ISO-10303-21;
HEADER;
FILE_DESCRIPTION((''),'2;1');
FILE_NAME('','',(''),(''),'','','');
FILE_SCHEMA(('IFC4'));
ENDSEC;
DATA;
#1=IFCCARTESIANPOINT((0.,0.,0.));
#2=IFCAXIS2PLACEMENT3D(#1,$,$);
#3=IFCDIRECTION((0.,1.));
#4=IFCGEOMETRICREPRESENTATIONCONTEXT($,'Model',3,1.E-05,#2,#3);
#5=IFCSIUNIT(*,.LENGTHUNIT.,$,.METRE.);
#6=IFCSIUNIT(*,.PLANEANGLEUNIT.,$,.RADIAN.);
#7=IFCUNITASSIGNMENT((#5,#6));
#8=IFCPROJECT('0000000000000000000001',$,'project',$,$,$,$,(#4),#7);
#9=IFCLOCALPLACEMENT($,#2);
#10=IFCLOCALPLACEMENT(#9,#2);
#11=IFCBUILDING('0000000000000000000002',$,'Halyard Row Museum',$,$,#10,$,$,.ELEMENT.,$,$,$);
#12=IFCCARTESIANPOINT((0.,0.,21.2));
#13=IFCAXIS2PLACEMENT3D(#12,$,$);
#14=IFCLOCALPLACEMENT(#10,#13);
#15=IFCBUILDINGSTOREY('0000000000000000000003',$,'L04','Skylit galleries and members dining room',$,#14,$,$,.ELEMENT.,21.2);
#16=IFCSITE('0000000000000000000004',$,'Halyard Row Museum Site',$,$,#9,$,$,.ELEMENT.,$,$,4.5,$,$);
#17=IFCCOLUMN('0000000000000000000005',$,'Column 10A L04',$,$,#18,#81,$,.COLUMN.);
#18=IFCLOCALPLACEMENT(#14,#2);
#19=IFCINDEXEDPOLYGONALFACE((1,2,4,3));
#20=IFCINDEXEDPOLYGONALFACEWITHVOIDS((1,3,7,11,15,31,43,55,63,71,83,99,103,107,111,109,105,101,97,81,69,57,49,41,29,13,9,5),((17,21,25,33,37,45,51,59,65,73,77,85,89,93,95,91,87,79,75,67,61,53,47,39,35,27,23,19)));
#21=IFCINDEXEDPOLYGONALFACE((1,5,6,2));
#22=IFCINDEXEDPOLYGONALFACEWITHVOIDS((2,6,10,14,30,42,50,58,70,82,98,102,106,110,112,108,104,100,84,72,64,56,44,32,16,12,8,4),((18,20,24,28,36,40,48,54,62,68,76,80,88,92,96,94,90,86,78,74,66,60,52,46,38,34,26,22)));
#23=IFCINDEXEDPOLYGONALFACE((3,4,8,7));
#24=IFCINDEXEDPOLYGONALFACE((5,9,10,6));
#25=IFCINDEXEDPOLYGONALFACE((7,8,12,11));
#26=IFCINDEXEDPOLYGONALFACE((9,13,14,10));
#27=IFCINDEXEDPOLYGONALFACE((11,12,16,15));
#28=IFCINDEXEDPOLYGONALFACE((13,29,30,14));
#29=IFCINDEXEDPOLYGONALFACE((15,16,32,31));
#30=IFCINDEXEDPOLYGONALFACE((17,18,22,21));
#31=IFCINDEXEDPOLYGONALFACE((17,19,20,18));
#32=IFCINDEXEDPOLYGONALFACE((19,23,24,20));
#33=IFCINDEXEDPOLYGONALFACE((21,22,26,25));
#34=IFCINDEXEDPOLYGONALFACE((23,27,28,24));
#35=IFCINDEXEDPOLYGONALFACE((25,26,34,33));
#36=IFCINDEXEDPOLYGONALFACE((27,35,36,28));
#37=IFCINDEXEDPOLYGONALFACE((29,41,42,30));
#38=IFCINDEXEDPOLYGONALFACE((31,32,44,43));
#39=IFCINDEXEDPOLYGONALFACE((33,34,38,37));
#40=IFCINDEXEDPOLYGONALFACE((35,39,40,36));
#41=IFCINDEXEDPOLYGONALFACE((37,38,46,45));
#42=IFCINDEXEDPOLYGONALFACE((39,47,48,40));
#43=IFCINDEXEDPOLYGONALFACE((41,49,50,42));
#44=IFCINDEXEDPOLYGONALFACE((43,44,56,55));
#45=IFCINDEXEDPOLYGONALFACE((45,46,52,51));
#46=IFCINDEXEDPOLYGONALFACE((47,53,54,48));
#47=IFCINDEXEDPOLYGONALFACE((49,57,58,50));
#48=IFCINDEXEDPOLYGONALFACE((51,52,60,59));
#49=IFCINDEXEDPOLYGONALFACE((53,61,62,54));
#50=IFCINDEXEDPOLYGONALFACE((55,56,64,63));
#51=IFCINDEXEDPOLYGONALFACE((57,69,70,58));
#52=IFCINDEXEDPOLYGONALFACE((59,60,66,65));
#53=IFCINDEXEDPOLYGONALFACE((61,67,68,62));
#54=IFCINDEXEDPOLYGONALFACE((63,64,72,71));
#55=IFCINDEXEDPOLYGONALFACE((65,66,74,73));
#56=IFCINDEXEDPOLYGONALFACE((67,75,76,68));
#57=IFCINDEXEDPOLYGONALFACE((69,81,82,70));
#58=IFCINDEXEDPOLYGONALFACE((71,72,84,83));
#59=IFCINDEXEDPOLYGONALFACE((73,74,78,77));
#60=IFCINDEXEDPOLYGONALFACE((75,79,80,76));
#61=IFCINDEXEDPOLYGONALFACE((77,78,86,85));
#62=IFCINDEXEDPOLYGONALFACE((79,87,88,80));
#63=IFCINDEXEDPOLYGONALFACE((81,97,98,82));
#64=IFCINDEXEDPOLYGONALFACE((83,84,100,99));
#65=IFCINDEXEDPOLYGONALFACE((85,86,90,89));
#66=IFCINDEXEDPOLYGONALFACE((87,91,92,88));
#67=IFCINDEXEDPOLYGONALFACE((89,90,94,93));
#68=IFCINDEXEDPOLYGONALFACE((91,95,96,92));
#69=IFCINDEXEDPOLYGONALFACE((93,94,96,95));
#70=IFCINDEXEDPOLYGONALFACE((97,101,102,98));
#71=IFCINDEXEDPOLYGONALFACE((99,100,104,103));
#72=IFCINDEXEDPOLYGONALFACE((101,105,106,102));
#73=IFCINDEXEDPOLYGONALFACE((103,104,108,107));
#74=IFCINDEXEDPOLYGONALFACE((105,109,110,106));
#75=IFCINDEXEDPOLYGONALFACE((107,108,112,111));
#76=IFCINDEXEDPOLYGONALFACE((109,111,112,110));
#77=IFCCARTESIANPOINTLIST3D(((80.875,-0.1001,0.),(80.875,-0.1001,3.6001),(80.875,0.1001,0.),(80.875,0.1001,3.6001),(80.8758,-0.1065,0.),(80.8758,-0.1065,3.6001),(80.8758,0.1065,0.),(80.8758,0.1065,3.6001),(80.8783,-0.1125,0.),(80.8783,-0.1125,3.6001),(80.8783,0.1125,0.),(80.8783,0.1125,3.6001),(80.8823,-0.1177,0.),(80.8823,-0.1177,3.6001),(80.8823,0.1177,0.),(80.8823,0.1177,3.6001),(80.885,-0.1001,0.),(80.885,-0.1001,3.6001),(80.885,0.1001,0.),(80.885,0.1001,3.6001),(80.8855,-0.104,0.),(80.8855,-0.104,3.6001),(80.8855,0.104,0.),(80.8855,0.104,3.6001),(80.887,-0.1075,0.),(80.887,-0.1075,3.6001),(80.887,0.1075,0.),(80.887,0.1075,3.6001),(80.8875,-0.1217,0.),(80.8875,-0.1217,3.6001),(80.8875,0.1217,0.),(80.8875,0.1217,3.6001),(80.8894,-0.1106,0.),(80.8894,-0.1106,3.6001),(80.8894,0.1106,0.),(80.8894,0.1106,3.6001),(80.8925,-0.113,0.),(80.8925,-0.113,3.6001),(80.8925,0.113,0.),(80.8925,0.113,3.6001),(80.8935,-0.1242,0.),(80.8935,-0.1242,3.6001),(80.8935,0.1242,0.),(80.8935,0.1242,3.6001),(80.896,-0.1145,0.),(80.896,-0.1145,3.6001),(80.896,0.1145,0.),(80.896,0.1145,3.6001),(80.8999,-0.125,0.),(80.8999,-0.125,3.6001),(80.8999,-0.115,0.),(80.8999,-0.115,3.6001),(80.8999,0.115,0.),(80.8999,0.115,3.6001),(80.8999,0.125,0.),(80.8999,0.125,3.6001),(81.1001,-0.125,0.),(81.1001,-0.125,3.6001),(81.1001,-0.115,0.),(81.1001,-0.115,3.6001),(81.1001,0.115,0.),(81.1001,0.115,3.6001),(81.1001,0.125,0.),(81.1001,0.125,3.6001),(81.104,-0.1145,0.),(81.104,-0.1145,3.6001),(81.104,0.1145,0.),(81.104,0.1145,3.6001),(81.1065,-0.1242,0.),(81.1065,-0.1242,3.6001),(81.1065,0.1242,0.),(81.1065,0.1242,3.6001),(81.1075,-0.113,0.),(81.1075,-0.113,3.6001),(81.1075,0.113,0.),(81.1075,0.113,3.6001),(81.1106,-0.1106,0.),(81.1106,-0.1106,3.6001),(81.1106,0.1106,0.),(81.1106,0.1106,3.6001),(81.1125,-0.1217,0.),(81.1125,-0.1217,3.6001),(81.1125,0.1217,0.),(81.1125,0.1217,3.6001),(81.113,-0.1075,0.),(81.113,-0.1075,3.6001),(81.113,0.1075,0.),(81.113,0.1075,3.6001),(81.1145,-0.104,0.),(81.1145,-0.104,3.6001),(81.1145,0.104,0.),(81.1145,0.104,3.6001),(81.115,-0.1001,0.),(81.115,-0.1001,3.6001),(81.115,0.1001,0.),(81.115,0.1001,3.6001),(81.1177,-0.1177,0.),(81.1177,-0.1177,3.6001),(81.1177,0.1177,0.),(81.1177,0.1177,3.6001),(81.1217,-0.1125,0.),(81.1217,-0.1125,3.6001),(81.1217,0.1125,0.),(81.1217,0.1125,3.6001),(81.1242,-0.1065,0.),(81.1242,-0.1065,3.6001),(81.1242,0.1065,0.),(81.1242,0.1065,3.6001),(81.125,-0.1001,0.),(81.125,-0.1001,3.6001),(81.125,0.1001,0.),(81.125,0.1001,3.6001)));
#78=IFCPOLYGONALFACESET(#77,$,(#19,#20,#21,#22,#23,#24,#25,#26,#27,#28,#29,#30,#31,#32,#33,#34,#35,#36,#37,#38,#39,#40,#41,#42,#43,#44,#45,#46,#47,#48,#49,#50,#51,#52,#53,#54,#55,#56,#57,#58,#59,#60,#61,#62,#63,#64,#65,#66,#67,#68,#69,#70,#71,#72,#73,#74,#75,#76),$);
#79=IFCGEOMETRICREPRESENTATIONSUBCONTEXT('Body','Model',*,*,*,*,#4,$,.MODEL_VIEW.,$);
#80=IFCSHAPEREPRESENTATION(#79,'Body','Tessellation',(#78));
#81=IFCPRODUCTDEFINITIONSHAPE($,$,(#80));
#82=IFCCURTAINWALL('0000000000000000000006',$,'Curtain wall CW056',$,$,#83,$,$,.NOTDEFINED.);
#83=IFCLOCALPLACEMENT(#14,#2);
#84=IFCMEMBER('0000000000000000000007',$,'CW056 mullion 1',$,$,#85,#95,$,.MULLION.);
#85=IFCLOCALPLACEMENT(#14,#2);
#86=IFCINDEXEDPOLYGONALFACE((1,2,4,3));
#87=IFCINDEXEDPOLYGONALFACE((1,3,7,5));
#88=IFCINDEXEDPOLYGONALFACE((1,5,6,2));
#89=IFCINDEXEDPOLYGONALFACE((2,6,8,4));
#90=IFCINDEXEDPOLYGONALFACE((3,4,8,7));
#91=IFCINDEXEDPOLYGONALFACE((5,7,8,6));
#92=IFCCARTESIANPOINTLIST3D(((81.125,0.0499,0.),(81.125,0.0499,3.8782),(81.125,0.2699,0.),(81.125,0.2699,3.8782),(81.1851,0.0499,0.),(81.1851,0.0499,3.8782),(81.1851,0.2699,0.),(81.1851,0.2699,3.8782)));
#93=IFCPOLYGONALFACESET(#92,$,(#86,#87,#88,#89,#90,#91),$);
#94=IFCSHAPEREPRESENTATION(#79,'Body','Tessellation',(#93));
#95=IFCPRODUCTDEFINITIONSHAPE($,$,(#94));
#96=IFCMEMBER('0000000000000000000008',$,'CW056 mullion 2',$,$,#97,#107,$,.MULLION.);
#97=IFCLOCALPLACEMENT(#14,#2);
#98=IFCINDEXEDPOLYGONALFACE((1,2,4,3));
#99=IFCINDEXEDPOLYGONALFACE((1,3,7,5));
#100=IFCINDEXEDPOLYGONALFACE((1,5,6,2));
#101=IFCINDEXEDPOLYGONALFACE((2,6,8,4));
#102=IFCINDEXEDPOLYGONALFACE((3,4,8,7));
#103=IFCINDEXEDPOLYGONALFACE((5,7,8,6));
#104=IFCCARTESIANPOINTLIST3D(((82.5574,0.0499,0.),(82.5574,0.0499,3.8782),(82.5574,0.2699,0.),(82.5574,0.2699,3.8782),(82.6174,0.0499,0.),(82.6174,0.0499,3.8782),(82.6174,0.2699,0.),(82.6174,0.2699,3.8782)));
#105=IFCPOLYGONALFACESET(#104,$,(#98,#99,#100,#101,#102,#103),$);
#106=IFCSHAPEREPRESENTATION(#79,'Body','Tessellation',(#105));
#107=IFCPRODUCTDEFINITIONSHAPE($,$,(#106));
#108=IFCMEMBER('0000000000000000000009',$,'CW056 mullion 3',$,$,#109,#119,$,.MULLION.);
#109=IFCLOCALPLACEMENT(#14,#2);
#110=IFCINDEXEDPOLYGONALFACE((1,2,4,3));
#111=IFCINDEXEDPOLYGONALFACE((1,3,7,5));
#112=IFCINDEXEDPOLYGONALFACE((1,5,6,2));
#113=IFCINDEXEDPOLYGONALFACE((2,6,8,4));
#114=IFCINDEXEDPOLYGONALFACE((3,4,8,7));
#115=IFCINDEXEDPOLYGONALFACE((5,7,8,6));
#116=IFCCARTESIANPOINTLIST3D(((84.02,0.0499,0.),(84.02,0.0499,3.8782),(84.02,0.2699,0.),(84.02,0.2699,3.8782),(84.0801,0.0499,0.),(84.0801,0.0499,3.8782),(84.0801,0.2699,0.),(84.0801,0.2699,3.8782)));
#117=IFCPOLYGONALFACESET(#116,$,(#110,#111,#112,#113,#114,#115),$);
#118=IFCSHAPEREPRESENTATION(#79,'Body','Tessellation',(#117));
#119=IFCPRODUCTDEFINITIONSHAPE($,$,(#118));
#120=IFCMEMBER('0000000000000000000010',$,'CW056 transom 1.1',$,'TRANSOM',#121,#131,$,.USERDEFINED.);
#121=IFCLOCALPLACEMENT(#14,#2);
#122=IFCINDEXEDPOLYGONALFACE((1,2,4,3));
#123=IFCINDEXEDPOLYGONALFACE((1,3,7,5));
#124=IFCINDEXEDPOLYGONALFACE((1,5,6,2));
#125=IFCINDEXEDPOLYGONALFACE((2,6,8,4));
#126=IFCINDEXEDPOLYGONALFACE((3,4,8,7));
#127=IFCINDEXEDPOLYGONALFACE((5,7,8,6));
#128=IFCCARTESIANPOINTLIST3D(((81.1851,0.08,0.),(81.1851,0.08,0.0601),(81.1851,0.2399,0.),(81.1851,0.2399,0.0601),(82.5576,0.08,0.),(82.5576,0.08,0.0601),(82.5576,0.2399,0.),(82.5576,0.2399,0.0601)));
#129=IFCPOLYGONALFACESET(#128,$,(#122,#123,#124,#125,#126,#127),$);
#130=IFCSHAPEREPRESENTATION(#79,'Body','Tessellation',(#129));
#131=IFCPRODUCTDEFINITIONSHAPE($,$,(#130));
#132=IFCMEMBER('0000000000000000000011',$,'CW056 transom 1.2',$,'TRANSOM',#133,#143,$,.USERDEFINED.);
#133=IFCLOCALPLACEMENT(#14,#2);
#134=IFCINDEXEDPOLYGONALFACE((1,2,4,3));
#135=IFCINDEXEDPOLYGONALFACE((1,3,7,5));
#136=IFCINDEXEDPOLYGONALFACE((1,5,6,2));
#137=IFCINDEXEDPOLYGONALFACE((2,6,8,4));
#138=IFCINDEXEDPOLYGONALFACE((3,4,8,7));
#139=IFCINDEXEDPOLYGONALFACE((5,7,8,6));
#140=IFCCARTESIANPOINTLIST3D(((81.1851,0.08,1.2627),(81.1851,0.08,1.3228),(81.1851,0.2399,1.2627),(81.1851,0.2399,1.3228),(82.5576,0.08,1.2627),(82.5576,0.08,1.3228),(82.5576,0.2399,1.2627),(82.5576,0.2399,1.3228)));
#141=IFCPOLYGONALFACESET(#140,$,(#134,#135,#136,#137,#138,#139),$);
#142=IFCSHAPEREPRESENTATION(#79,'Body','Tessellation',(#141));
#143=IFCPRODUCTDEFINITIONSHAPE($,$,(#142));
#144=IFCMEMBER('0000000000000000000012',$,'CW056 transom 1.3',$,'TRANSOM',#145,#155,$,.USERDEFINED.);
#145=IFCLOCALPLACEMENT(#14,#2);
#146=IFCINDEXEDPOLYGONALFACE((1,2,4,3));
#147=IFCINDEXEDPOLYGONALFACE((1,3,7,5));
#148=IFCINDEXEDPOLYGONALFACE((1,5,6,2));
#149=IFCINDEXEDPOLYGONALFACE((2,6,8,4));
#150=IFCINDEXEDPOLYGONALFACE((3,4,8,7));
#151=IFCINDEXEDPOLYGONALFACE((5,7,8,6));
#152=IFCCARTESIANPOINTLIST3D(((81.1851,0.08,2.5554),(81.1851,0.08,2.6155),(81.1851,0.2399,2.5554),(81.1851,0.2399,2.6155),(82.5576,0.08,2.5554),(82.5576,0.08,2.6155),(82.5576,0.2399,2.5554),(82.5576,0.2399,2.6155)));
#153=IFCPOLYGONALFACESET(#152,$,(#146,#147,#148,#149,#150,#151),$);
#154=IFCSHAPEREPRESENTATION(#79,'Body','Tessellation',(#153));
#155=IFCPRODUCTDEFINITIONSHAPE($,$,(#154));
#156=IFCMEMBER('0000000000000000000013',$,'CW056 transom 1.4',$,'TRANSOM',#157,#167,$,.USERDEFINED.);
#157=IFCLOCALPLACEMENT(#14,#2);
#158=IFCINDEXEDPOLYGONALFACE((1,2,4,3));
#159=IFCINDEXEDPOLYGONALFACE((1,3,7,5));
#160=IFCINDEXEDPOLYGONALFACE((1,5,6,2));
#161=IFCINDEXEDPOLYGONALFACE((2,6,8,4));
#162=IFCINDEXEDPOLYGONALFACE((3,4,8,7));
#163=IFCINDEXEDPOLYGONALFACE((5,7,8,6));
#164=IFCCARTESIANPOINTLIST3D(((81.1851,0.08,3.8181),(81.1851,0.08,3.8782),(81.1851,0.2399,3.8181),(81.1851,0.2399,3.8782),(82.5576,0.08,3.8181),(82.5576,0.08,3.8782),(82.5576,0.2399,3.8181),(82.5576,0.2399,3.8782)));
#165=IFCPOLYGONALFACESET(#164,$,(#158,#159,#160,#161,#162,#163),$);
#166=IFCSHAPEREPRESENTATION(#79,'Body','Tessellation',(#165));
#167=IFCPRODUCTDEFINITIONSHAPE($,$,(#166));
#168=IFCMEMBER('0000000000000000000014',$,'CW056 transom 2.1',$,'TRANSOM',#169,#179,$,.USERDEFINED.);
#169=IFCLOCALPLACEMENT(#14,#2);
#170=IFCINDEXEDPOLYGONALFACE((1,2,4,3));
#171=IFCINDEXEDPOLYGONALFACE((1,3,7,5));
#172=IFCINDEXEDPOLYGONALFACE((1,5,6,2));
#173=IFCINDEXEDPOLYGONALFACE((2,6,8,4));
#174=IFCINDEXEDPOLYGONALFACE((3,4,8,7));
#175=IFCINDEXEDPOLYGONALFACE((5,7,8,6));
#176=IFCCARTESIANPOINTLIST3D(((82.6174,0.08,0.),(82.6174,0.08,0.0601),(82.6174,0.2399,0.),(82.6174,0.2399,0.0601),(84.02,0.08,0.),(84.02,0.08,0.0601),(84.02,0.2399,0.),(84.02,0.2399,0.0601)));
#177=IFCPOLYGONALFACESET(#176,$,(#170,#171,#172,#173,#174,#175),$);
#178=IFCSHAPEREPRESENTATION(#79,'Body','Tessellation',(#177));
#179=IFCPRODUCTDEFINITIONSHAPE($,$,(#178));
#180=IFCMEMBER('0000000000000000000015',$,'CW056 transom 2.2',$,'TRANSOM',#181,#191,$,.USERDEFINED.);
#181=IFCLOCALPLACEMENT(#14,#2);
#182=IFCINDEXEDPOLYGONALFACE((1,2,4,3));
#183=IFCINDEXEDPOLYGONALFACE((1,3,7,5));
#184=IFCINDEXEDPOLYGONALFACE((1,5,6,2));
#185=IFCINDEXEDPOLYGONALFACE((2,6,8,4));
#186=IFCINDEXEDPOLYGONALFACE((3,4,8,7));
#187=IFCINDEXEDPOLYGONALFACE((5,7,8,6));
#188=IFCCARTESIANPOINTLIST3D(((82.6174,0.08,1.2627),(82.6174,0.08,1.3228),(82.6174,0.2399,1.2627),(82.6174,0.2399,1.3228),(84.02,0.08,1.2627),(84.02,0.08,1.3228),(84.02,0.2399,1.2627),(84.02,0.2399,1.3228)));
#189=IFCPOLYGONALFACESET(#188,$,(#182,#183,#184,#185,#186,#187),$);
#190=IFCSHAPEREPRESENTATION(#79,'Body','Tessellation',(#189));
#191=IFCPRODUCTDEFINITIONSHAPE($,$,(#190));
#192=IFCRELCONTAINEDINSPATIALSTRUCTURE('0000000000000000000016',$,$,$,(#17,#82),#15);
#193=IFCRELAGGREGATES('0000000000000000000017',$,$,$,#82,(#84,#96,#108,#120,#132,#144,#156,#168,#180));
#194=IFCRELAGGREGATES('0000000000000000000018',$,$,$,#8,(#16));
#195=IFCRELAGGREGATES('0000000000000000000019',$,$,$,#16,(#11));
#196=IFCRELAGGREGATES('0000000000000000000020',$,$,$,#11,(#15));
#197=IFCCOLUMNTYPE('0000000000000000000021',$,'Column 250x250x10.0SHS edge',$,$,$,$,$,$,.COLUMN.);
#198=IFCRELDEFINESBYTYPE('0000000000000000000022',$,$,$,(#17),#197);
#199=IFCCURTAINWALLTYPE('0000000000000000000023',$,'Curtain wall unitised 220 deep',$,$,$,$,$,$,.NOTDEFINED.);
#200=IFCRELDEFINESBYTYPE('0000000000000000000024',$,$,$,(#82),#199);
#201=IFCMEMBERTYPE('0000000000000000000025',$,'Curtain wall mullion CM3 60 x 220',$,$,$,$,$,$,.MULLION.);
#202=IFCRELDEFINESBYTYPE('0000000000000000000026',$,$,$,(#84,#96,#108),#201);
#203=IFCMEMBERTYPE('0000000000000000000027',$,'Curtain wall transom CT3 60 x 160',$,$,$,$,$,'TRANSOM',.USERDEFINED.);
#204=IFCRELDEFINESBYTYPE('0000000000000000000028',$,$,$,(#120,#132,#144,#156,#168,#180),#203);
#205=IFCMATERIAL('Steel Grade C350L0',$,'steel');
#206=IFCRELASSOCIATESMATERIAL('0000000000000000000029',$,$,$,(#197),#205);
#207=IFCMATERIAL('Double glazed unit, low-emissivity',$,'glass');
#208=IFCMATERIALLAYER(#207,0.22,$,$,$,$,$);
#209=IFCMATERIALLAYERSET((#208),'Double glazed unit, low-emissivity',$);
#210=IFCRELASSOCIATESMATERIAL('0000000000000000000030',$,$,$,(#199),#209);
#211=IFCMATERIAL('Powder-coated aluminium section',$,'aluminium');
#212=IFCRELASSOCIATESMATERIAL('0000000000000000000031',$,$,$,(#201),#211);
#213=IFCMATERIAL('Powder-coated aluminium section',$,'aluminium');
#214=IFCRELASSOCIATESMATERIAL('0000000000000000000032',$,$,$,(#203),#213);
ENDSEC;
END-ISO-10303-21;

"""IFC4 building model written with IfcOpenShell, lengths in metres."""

from ifc_helpers import new_model, si_unit, direction, frame, origin, origin_2d, place, context, subcontext, project, spatial, rectangle, hollow_rectangle, extrude, material, layer, layer_set, material_profile, profile_set, type_object, element, aggregate, save


model = new_model("IFC4")

# Units and contexts
model_context = context("Model", 3, precision=1e-05, world=origin(), true_north=direction((0.0, 1.0)))
body_context = subcontext(model_context, "Body", "Model", "MODEL_VIEW")
ifc_project = project(units=[si_unit("LENGTHUNIT", "METRE"), si_unit("PLANEANGLEUNIT", "RADIAN")], contexts=[model_context])

# Site, building, storey
site_placement = place(None, origin())
site = spatial("IfcSite", under=ifc_project, at=site_placement, Name="Halyard Row Museum Site", CompositionType="ELEMENT", RefElevation=4.5)
building_placement = place(site_placement, origin())
building = spatial("IfcBuilding", under=site, at=building_placement, Name="Halyard Row Museum", CompositionType="ELEMENT")
storey_placement = place(building_placement, frame((0.0, 0.0, 21.2)))
storey = spatial("IfcBuildingStorey", under=building, at=storey_placement, Name="L04", Description="Skylit galleries and members dining room", CompositionType="ELEMENT", Elevation=21.2)

# Column
ifc_material_1 = material(Name="Steel Grade C350L0", Category="steel")
ifc_material_profile_1 = material_profile(ifc_material_1, hollow_rectangle(XDim=0.25, YDim=0.25, WallThickness=0.01, InnerFilletRadius=0.0149, OuterFilletRadius=0.0249, at=origin_2d()), Name="250x250x10.0SHS")
ifc_profile_set_1 = profile_set([ifc_material_profile_1], Name="Steel Grade C350L0")
column_type = type_object("IfcColumnType", Name="Column 250x250x10.0SHS edge", PredefinedType="COLUMN", material=ifc_profile_set_1)
column_placement = place(storey_placement, frame((81.0, 0.0, 0.0), z_axis=(0.0, 0.0, 1.0), x_axis=(1.0, 0.0, 0.0)))
element("IfcColumn", 1, at=column_placement, inside=storey, type_object=column_type, Name="Column 10A L04", PredefinedType="COLUMN", context=body_context, shape_type="SweptSolid", body=[
    extrude(hollow_rectangle(XDim=0.25, YDim=0.25, WallThickness=0.01, InnerFilletRadius=0.0149, OuterFilletRadius=0.0249, at=origin_2d()), origin(), (0.0, 0.0, 1.0), 3.6001),
])

# Curtain wall, members
ifc_material_2 = material(Name="Double glazed unit, low-emissivity", Category="glass")
ifc_layer_1 = layer(ifc_material_2, 0.22)
ifc_layer_set_1 = layer_set([ifc_layer_1], Name="Double glazed unit, low-emissivity")
curtain_wall_type = type_object("IfcCurtainWallType", Name="Curtain wall unitised 220 deep", PredefinedType="NOTDEFINED", material=ifc_layer_set_1)
curtain_wall_placement = place(storey_placement, origin())
curtain_wall = element("IfcCurtainWall", 2, at=curtain_wall_placement, inside=storey, type_object=curtain_wall_type, Name="Curtain wall CW056", PredefinedType="NOTDEFINED")
ifc_material_3 = material(Name="Powder-coated aluminium section", Category="aluminium")
ifc_material_profile_2 = material_profile(ifc_material_3, rectangle(XDim=0.22, YDim=0.0601, at=origin_2d()), Name="220x60 mullion")
ifc_profile_set_2 = profile_set([ifc_material_profile_2], Name="Powder-coated aluminium section")
member_type_1 = type_object("IfcMemberType", Name="Curtain wall mullion CM3 60 x 220", PredefinedType="MULLION", material=ifc_profile_set_2)
member_1_placement = place(storey_placement, frame((81.155, 0.1599, 0.0), z_axis=(0.0, 0.0, 1.0), x_axis=(0.0, 1.0, 0.0)))
member_1 = element("IfcMember", 3, at=member_1_placement, type_object=member_type_1, Name="CW056 mullion 1", PredefinedType="MULLION", context=body_context, shape_type="SweptSolid", body=[
    extrude(rectangle(XDim=0.22, YDim=0.0601, at=origin_2d()), origin(), (0.0, 0.0, 1.0), 3.8782),
])
member_2_placement = place(storey_placement, frame((82.5874, 0.1599, 0.0), z_axis=(0.0, 0.0, 1.0), x_axis=(0.0, 1.0, 0.0)))
member_2 = element("IfcMember", 4, at=member_2_placement, type_object=member_type_1, Name="CW056 mullion 2", PredefinedType="MULLION", context=body_context, shape_type="SweptSolid", body=[
    extrude(rectangle(XDim=0.22, YDim=0.0601, at=origin_2d()), origin(), (0.0, 0.0, 1.0), 3.8782),
])
member_3_placement = place(storey_placement, frame((84.05, 0.1599, 0.0), z_axis=(0.0, 0.0, 1.0), x_axis=(0.0, 1.0, 0.0)))
member_3 = element("IfcMember", 5, at=member_3_placement, type_object=member_type_1, Name="CW056 mullion 3", PredefinedType="MULLION", context=body_context, shape_type="SweptSolid", body=[
    extrude(rectangle(XDim=0.22, YDim=0.0601, at=origin_2d()), origin(), (0.0, 0.0, 1.0), 3.8782),
])
ifc_material_4 = material(Name="Powder-coated aluminium section", Category="aluminium")
ifc_material_profile_3 = material_profile(ifc_material_4, rectangle(XDim=0.1599, YDim=0.0601, at=origin_2d()), Name="160x60 transom")
ifc_profile_set_3 = profile_set([ifc_material_profile_3], Name="Powder-coated aluminium section")
member_type_2 = type_object("IfcMemberType", Name="Curtain wall transom CT3 60 x 160", ElementType="TRANSOM", PredefinedType="USERDEFINED", material=ifc_profile_set_3)
member_4_placement = place(storey_placement, frame((81.1851, 0.1599, 0.03), z_axis=(1.0, 0.0, 0.0), x_axis=(0.0, 1.0, 0.0)))
member_4 = element("IfcMember", 6, at=member_4_placement, type_object=member_type_2, Name="CW056 transom 1.1", ObjectType="TRANSOM", PredefinedType="USERDEFINED", context=body_context, shape_type="SweptSolid", body=[
    extrude(rectangle(XDim=0.1599, YDim=0.0601, at=origin_2d()), origin(), (0.0, 0.0, 1.0), 1.3726),
])
member_5_placement = place(storey_placement, frame((81.1851, 0.1599, 1.2927), z_axis=(1.0, 0.0, 0.0), x_axis=(0.0, 1.0, 0.0)))
member_5 = element("IfcMember", 7, at=member_5_placement, type_object=member_type_2, Name="CW056 transom 1.2", ObjectType="TRANSOM", PredefinedType="USERDEFINED", context=body_context, shape_type="SweptSolid", body=[
    extrude(rectangle(XDim=0.1599, YDim=0.0601, at=origin_2d()), origin(), (0.0, 0.0, 1.0), 1.3726),
])
member_6_placement = place(storey_placement, frame((81.1851, 0.1599, 2.5854), z_axis=(1.0, 0.0, 0.0), x_axis=(0.0, 1.0, 0.0)))
member_6 = element("IfcMember", 8, at=member_6_placement, type_object=member_type_2, Name="CW056 transom 1.3", ObjectType="TRANSOM", PredefinedType="USERDEFINED", context=body_context, shape_type="SweptSolid", body=[
    extrude(rectangle(XDim=0.1599, YDim=0.0601, at=origin_2d()), origin(), (0.0, 0.0, 1.0), 1.3726),
])
member_7_placement = place(storey_placement, frame((81.1851, 0.1599, 3.8481), z_axis=(1.0, 0.0, 0.0), x_axis=(0.0, 1.0, 0.0)))
member_7 = element("IfcMember", 9, at=member_7_placement, type_object=member_type_2, Name="CW056 transom 1.4", ObjectType="TRANSOM", PredefinedType="USERDEFINED", context=body_context, shape_type="SweptSolid", body=[
    extrude(rectangle(XDim=0.1599, YDim=0.0601, at=origin_2d()), origin(), (0.0, 0.0, 1.0), 1.3726),
])
member_8_placement = place(storey_placement, frame((82.6174, 0.1599, 0.03), z_axis=(1.0, 0.0, 0.0), x_axis=(0.0, 1.0, 0.0)))
member_8 = element("IfcMember", 10, at=member_8_placement, type_object=member_type_2, Name="CW056 transom 2.1", ObjectType="TRANSOM", PredefinedType="USERDEFINED", context=body_context, shape_type="SweptSolid", body=[
    extrude(rectangle(XDim=0.1599, YDim=0.0601, at=origin_2d()), origin(), (0.0, 0.0, 1.0), 1.4026),
])
member_9_placement = place(storey_placement, frame((82.6174, 0.1599, 1.2927), z_axis=(1.0, 0.0, 0.0), x_axis=(0.0, 1.0, 0.0)))
member_9 = element("IfcMember", 11, at=member_9_placement, type_object=member_type_2, Name="CW056 transom 2.2", ObjectType="TRANSOM", PredefinedType="USERDEFINED", context=body_context, shape_type="SweptSolid", body=[
    extrude(rectangle(XDim=0.1599, YDim=0.0601, at=origin_2d()), origin(), (0.0, 0.0, 1.0), 1.4026),
])

aggregate(curtain_wall, [member_1, member_2, member_3, member_4, member_5, member_6, member_7, member_8, member_9])

save(model, "model.ifc")
